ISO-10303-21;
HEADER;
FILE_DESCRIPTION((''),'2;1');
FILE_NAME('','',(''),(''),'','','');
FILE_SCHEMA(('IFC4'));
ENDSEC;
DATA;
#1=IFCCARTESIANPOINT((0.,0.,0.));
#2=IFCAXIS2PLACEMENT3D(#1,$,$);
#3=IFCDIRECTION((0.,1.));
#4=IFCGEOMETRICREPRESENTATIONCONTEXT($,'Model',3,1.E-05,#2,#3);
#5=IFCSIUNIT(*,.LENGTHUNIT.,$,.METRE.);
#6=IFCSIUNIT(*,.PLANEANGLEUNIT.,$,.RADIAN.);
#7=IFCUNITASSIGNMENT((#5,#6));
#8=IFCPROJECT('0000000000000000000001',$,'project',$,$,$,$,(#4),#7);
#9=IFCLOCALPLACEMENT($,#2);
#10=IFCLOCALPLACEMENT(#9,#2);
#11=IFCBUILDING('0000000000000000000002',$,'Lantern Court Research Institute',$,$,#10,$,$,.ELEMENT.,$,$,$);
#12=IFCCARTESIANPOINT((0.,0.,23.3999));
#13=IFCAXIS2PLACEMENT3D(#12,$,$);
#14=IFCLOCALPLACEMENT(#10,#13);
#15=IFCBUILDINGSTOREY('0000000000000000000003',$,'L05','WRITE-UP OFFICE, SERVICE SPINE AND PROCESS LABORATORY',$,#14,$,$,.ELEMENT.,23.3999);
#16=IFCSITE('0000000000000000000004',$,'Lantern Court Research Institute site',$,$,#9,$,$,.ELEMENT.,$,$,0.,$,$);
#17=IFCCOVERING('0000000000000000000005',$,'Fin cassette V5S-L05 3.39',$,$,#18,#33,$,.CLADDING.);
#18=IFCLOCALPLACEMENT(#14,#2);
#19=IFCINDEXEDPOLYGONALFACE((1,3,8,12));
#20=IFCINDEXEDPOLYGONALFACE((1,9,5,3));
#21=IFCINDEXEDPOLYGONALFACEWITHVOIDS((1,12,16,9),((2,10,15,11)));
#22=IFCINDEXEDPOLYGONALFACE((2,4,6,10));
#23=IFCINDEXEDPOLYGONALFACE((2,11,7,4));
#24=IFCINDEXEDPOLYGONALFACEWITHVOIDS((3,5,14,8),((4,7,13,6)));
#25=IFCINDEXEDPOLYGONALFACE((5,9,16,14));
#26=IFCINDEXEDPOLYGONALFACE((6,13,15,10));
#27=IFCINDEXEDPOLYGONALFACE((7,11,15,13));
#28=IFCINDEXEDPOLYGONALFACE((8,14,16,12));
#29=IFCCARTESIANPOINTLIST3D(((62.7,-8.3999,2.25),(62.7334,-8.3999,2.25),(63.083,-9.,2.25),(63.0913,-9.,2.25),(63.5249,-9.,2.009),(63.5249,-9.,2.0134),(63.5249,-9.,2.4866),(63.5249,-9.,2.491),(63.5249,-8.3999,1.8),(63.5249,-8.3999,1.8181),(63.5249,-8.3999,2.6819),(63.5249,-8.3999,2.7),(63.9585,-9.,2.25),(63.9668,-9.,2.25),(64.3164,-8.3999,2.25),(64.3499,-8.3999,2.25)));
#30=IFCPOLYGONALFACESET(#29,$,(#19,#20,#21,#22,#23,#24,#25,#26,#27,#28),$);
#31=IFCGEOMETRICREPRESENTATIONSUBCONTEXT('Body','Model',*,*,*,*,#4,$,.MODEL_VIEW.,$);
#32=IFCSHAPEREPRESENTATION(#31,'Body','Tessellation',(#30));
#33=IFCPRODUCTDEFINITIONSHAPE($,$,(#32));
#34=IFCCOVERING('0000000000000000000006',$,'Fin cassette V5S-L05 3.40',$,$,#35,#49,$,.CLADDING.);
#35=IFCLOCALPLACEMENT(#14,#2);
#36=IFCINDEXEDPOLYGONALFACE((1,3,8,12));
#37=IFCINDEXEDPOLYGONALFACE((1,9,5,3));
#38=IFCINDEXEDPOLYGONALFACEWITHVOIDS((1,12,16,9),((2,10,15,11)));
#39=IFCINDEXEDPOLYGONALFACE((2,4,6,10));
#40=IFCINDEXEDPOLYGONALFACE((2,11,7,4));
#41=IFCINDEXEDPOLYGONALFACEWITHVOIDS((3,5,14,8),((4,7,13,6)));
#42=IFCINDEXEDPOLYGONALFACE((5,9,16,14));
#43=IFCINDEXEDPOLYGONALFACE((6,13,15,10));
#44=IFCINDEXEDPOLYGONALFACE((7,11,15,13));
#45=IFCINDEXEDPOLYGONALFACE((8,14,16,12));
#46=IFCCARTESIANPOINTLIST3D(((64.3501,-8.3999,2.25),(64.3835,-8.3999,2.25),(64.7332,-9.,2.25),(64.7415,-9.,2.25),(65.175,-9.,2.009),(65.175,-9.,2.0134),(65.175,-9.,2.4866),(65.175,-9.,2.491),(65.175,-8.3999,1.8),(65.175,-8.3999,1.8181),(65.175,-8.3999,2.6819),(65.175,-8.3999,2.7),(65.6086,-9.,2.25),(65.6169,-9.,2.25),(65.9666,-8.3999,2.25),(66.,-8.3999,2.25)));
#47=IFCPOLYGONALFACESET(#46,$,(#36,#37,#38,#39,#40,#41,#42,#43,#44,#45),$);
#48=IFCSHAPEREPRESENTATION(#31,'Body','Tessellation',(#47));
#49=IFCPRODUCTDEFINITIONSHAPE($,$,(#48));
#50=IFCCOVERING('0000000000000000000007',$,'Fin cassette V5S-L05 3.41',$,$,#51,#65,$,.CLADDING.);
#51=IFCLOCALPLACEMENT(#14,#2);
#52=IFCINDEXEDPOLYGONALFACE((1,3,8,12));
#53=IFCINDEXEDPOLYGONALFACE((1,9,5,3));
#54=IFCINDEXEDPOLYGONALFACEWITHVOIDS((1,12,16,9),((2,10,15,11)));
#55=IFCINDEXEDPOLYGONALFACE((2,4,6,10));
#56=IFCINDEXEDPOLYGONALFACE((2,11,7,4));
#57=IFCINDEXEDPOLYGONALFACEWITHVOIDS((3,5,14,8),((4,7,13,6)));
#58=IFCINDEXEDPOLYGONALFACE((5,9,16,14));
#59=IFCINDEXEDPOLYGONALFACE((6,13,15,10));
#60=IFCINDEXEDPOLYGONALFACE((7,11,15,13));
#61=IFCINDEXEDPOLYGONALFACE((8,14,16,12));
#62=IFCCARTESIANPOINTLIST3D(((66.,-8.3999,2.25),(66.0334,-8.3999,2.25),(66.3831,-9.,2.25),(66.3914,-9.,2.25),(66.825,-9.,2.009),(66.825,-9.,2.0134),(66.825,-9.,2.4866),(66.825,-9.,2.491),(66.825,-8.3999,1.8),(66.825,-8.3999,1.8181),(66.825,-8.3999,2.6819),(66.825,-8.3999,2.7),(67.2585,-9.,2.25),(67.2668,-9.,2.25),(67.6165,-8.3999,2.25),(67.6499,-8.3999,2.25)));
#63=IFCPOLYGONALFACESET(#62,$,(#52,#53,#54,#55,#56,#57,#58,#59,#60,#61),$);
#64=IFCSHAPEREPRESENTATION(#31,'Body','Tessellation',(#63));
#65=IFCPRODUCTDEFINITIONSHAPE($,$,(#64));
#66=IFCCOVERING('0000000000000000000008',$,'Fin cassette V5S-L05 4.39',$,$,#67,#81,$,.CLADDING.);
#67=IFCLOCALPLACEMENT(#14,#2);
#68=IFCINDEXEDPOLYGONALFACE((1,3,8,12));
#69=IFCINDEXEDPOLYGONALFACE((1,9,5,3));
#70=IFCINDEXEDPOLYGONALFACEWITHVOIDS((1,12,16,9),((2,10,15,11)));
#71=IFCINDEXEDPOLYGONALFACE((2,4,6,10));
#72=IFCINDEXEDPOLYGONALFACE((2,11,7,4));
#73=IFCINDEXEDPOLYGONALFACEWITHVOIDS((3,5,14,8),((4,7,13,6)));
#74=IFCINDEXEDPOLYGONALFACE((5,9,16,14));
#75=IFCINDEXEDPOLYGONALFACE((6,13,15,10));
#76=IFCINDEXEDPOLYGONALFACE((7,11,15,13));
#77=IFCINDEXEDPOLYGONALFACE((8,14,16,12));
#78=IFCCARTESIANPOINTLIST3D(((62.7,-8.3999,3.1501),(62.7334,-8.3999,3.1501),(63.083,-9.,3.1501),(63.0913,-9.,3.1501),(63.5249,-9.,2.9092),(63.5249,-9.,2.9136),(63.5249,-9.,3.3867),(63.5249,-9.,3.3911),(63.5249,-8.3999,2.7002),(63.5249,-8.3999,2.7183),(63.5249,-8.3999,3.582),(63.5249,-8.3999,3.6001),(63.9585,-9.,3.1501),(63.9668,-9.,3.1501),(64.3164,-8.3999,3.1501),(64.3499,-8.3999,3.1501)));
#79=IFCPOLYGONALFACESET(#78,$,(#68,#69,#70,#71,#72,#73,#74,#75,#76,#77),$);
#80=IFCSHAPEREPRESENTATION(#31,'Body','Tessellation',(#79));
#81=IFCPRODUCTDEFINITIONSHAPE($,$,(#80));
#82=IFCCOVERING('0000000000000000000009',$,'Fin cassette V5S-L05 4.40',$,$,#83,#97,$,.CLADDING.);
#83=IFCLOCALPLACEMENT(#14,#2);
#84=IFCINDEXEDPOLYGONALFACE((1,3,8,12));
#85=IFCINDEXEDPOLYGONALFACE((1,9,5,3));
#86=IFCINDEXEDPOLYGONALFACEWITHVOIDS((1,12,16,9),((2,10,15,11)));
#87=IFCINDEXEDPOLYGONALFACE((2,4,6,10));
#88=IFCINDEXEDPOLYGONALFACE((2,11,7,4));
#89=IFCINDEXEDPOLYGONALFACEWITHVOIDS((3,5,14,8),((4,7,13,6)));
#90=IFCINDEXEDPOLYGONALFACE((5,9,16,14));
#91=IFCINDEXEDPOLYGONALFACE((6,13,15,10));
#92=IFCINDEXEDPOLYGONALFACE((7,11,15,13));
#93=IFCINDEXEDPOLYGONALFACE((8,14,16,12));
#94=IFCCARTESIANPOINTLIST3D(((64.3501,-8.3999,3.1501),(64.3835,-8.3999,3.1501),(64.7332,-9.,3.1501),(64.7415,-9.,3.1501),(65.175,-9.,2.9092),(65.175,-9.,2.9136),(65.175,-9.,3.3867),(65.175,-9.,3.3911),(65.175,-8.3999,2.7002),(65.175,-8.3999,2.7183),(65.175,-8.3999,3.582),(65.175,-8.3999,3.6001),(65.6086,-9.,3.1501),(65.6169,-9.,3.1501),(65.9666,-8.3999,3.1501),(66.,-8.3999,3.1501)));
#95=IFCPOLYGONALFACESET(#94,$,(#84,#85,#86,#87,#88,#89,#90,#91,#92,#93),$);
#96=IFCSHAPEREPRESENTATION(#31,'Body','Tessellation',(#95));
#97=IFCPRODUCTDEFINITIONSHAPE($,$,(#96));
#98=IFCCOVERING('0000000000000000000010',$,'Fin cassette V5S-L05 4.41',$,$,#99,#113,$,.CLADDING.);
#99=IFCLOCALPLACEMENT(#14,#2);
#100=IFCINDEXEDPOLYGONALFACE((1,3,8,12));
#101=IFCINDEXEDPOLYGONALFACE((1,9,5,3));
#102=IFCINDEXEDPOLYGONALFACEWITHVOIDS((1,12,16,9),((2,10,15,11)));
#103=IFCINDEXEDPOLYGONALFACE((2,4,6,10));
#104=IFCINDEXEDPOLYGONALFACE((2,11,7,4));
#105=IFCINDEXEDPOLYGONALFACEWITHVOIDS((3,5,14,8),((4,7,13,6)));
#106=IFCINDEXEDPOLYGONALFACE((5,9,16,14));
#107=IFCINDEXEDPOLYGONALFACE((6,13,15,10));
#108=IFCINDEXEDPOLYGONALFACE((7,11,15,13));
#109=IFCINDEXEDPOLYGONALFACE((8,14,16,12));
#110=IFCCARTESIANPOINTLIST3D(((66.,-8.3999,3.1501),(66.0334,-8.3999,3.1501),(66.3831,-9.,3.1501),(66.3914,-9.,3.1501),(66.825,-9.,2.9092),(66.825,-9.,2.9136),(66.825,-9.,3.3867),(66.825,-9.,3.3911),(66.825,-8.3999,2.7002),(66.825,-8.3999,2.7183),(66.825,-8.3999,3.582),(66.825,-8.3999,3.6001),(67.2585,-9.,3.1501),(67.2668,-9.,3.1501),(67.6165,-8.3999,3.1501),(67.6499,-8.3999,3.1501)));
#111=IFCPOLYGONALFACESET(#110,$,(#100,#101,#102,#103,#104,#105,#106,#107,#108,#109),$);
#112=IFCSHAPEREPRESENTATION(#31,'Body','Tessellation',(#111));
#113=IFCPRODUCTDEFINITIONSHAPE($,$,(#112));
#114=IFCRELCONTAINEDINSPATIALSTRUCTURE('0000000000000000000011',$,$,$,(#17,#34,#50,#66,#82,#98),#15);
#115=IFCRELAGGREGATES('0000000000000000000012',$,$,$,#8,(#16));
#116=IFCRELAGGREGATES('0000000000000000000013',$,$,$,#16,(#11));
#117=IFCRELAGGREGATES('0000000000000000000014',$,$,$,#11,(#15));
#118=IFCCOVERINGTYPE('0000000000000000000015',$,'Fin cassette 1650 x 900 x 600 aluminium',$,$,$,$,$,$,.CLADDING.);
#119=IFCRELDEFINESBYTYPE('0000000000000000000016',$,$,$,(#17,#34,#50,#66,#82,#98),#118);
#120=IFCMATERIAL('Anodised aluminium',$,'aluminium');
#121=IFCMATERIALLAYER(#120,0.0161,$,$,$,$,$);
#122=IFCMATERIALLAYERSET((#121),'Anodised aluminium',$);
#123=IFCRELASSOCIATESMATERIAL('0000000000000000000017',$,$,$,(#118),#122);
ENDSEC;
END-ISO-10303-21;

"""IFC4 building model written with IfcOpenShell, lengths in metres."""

from ifc_helpers import new_model, entity, si_unit, direction, frame, origin, place, context, subcontext, project, spatial, material, layer, layer_set, type_object, element, save


model = new_model("IFC4")

# Units and contexts
model_context = context("Model", 3, precision=1e-05, world=origin(), true_north=direction((0.0, 1.0)))
body_context = subcontext(model_context, "Body", "Model", "MODEL_VIEW")
ifc_project = project(units=[si_unit("LENGTHUNIT", "METRE"), si_unit("PLANEANGLEUNIT", "RADIAN")], contexts=[model_context])

# Site, building, storey
site_placement = place(None, origin())
site = spatial("IfcSite", under=ifc_project, at=site_placement, Name="Lantern Court Research Institute site", CompositionType="ELEMENT", RefElevation=0.0)
building_placement = place(site_placement, origin())
building = spatial("IfcBuilding", under=site, at=building_placement, Name="Lantern Court Research Institute", CompositionType="ELEMENT")
storey_placement = place(building_placement, frame((0.0, 0.0, 23.3999)))
storey = spatial("IfcBuildingStorey", under=building, at=storey_placement, Name="L05", Description="WRITE-UP OFFICE, SERVICE SPINE AND PROCESS LABORATORY", CompositionType="ELEMENT", Elevation=23.3999)

# Coverings
ifc_material_1 = material(Name="Anodised aluminium", Category="aluminium")
ifc_layer_1 = layer(ifc_material_1, 0.0161)
ifc_layer_set_1 = layer_set([ifc_layer_1], Name="Anodised aluminium")
covering_type = type_object("IfcCoveringType", Name="Fin cassette 1650 x 900 x 600 aluminium", PredefinedType="CLADDING", material=ifc_layer_set_1)
covering_1_placement = place(storey_placement, frame((63.5249, -8.3999, 2.25), z_axis=(0.0, -1.0, 0.0), x_axis=(1.0, 0.0, 0.0)))
cartesian_point_1 = entity("IfcCartesianPoint", [0.825, 0.0])
cartesian_point_2 = entity("IfcCartesianPoint", [0.7915, 0.0])
cartesian_point_3 = entity("IfcCartesianPoint", [0.4419, 0.0])
cartesian_point_4 = entity("IfcCartesianPoint", [0.4336, 0.0])
element("IfcCovering", 1, at=covering_1_placement, inside=storey, type_object=covering_type, Name="Fin cassette V5S-L05 3.39", PredefinedType="CLADDING", context=body_context, shape_type="SweptSolid", body=[
    entity("IfcExtrudedAreaSolidTapered", entity("IfcArbitraryProfileDefWithVoids", "AREA", None, entity("IfcPolyline", [cartesian_point_1, entity("IfcCartesianPoint", [0.0, 0.45]), entity("IfcCartesianPoint", [-0.825, 0.0]), entity("IfcCartesianPoint", [0.0, -0.45]), cartesian_point_1]), [entity("IfcPolyline", [cartesian_point_2, entity("IfcCartesianPoint", [0.0, 0.4319]), entity("IfcCartesianPoint", [-0.7915, 0.0]), entity("IfcCartesianPoint", [0.0, -0.4319]), cartesian_point_2])]), entity("IfcAxis2Placement3D", entity("IfcCartesianPoint", [0.0, 0.0, 0.0])), entity("IfcDirection", [0.0, 0.0, 1.0]), 0.6001, entity("IfcArbitraryProfileDefWithVoids", "AREA", None, entity("IfcPolyline", [cartesian_point_3, entity("IfcCartesianPoint", [0.0, 0.241]), entity("IfcCartesianPoint", [-0.4419, 0.0]), entity("IfcCartesianPoint", [0.0, -0.241]), cartesian_point_3]), [entity("IfcPolyline", [cartesian_point_4, entity("IfcCartesianPoint", [0.0, 0.2366]), entity("IfcCartesianPoint", [-0.4336, 0.0]), entity("IfcCartesianPoint", [0.0, -0.2366]), cartesian_point_4])])),
])
covering_2_placement = place(storey_placement, frame((65.175, -8.3999, 2.25), z_axis=(0.0, -1.0, 0.0), x_axis=(1.0, 0.0, 0.0)))
cartesian_point_5 = entity("IfcCartesianPoint", [0.825, 0.0])
cartesian_point_6 = entity("IfcCartesianPoint", [0.7915, 0.0])
cartesian_point_7 = entity("IfcCartesianPoint", [0.4419, 0.0])
cartesian_point_8 = entity("IfcCartesianPoint", [0.4336, 0.0])
element("IfcCovering", 2, at=covering_2_placement, inside=storey, type_object=covering_type, Name="Fin cassette V5S-L05 3.40", PredefinedType="CLADDING", context=body_context, shape_type="SweptSolid", body=[
    entity("IfcExtrudedAreaSolidTapered", entity("IfcArbitraryProfileDefWithVoids", "AREA", None, entity("IfcPolyline", [cartesian_point_5, entity("IfcCartesianPoint", [0.0, 0.45]), entity("IfcCartesianPoint", [-0.825, 0.0]), entity("IfcCartesianPoint", [0.0, -0.45]), cartesian_point_5]), [entity("IfcPolyline", [cartesian_point_6, entity("IfcCartesianPoint", [0.0, 0.4319]), entity("IfcCartesianPoint", [-0.7915, 0.0]), entity("IfcCartesianPoint", [0.0, -0.4319]), cartesian_point_6])]), entity("IfcAxis2Placement3D", entity("IfcCartesianPoint", [0.0, 0.0, 0.0])), entity("IfcDirection", [0.0, 0.0, 1.0]), 0.6001, entity("IfcArbitraryProfileDefWithVoids", "AREA", None, entity("IfcPolyline", [cartesian_point_7, entity("IfcCartesianPoint", [0.0, 0.241]), entity("IfcCartesianPoint", [-0.4419, 0.0]), entity("IfcCartesianPoint", [0.0, -0.241]), cartesian_point_7]), [entity("IfcPolyline", [cartesian_point_8, entity("IfcCartesianPoint", [0.0, 0.2366]), entity("IfcCartesianPoint", [-0.4336, 0.0]), entity("IfcCartesianPoint", [0.0, -0.2366]), cartesian_point_8])])),
])
covering_3_placement = place(storey_placement, frame((66.825, -8.3999, 2.25), z_axis=(0.0, -1.0, 0.0), x_axis=(1.0, 0.0, 0.0)))
cartesian_point_9 = entity("IfcCartesianPoint", [0.825, 0.0])
cartesian_point_10 = entity("IfcCartesianPoint", [0.7915, 0.0])
cartesian_point_11 = entity("IfcCartesianPoint", [0.4419, 0.0])
cartesian_point_12 = entity("IfcCartesianPoint", [0.4336, 0.0])
element("IfcCovering", 3, at=covering_3_placement, inside=storey, type_object=covering_type, Name="Fin cassette V5S-L05 3.41", PredefinedType="CLADDING", context=body_context, shape_type="SweptSolid", body=[
    entity("IfcExtrudedAreaSolidTapered", entity("IfcArbitraryProfileDefWithVoids", "AREA", None, entity("IfcPolyline", [cartesian_point_9, entity("IfcCartesianPoint", [0.0, 0.45]), entity("IfcCartesianPoint", [-0.825, 0.0]), entity("IfcCartesianPoint", [0.0, -0.45]), cartesian_point_9]), [entity("IfcPolyline", [cartesian_point_10, entity("IfcCartesianPoint", [0.0, 0.4319]), entity("IfcCartesianPoint", [-0.7915, 0.0]), entity("IfcCartesianPoint", [0.0, -0.4319]), cartesian_point_10])]), entity("IfcAxis2Placement3D", entity("IfcCartesianPoint", [0.0, 0.0, 0.0])), entity("IfcDirection", [0.0, 0.0, 1.0]), 0.6001, entity("IfcArbitraryProfileDefWithVoids", "AREA", None, entity("IfcPolyline", [cartesian_point_11, entity("IfcCartesianPoint", [0.0, 0.241]), entity("IfcCartesianPoint", [-0.4419, 0.0]), entity("IfcCartesianPoint", [0.0, -0.241]), cartesian_point_11]), [entity("IfcPolyline", [cartesian_point_12, entity("IfcCartesianPoint", [0.0, 0.2366]), entity("IfcCartesianPoint", [-0.4336, 0.0]), entity("IfcCartesianPoint", [0.0, -0.2366]), cartesian_point_12])])),
])
covering_4_placement = place(storey_placement, frame((63.5249, -8.3999, 3.1501), z_axis=(0.0, -1.0, 0.0), x_axis=(1.0, 0.0, 0.0)))
cartesian_point_13 = entity("IfcCartesianPoint", [0.825, 0.0])
cartesian_point_14 = entity("IfcCartesianPoint", [0.7915, 0.0])
cartesian_point_15 = entity("IfcCartesianPoint", [0.4419, 0.0])
cartesian_point_16 = entity("IfcCartesianPoint", [0.4336, 0.0])
element("IfcCovering", 4, at=covering_4_placement, inside=storey, type_object=covering_type, Name="Fin cassette V5S-L05 4.39", PredefinedType="CLADDING", context=body_context, shape_type="SweptSolid", body=[
    entity("IfcExtrudedAreaSolidTapered", entity("IfcArbitraryProfileDefWithVoids", "AREA", None, entity("IfcPolyline", [cartesian_point_13, entity("IfcCartesianPoint", [0.0, 0.45]), entity("IfcCartesianPoint", [-0.825, 0.0]), entity("IfcCartesianPoint", [0.0, -0.45]), cartesian_point_13]), [entity("IfcPolyline", [cartesian_point_14, entity("IfcCartesianPoint", [0.0, 0.4319]), entity("IfcCartesianPoint", [-0.7915, 0.0]), entity("IfcCartesianPoint", [0.0, -0.4319]), cartesian_point_14])]), entity("IfcAxis2Placement3D", entity("IfcCartesianPoint", [0.0, 0.0, 0.0])), entity("IfcDirection", [0.0, 0.0, 1.0]), 0.6001, entity("IfcArbitraryProfileDefWithVoids", "AREA", None, entity("IfcPolyline", [cartesian_point_15, entity("IfcCartesianPoint", [0.0, 0.241]), entity("IfcCartesianPoint", [-0.4419, 0.0]), entity("IfcCartesianPoint", [0.0, -0.241]), cartesian_point_15]), [entity("IfcPolyline", [cartesian_point_16, entity("IfcCartesianPoint", [0.0, 0.2366]), entity("IfcCartesianPoint", [-0.4336, 0.0]), entity("IfcCartesianPoint", [0.0, -0.2366]), cartesian_point_16])])),
])
covering_5_placement = place(storey_placement, frame((65.175, -8.3999, 3.1501), z_axis=(0.0, -1.0, 0.0), x_axis=(1.0, 0.0, 0.0)))
cartesian_point_17 = entity("IfcCartesianPoint", [0.825, 0.0])
cartesian_point_18 = entity("IfcCartesianPoint", [0.7915, 0.0])
cartesian_point_19 = entity("IfcCartesianPoint", [0.4419, 0.0])
cartesian_point_20 = entity("IfcCartesianPoint", [0.4336, 0.0])
element("IfcCovering", 5, at=covering_5_placement, inside=storey, type_object=covering_type, Name="Fin cassette V5S-L05 4.40", PredefinedType="CLADDING", context=body_context, shape_type="SweptSolid", body=[
    entity("IfcExtrudedAreaSolidTapered", entity("IfcArbitraryProfileDefWithVoids", "AREA", None, entity("IfcPolyline", [cartesian_point_17, entity("IfcCartesianPoint", [0.0, 0.45]), entity("IfcCartesianPoint", [-0.825, 0.0]), entity("IfcCartesianPoint", [0.0, -0.45]), cartesian_point_17]), [entity("IfcPolyline", [cartesian_point_18, entity("IfcCartesianPoint", [0.0, 0.4319]), entity("IfcCartesianPoint", [-0.7915, 0.0]), entity("IfcCartesianPoint", [0.0, -0.4319]), cartesian_point_18])]), entity("IfcAxis2Placement3D", entity("IfcCartesianPoint", [0.0, 0.0, 0.0])), entity("IfcDirection", [0.0, 0.0, 1.0]), 0.6001, entity("IfcArbitraryProfileDefWithVoids", "AREA", None, entity("IfcPolyline", [cartesian_point_19, entity("IfcCartesianPoint", [0.0, 0.241]), entity("IfcCartesianPoint", [-0.4419, 0.0]), entity("IfcCartesianPoint", [0.0, -0.241]), cartesian_point_19]), [entity("IfcPolyline", [cartesian_point_20, entity("IfcCartesianPoint", [0.0, 0.2366]), entity("IfcCartesianPoint", [-0.4336, 0.0]), entity("IfcCartesianPoint", [0.0, -0.2366]), cartesian_point_20])])),
])
covering_6_placement = place(storey_placement, frame((66.825, -8.3999, 3.1501), z_axis=(0.0, -1.0, 0.0), x_axis=(1.0, 0.0, 0.0)))
cartesian_point_21 = entity("IfcCartesianPoint", [0.825, 0.0])
cartesian_point_22 = entity("IfcCartesianPoint", [0.7915, 0.0])
cartesian_point_23 = entity("IfcCartesianPoint", [0.4419, 0.0])
cartesian_point_24 = entity("IfcCartesianPoint", [0.4336, 0.0])
element("IfcCovering", 6, at=covering_6_placement, inside=storey, type_object=covering_type, Name="Fin cassette V5S-L05 4.41", PredefinedType="CLADDING", context=body_context, shape_type="SweptSolid", body=[
    entity("IfcExtrudedAreaSolidTapered", entity("IfcArbitraryProfileDefWithVoids", "AREA", None, entity("IfcPolyline", [cartesian_point_21, entity("IfcCartesianPoint", [0.0, 0.45]), entity("IfcCartesianPoint", [-0.825, 0.0]), entity("IfcCartesianPoint", [0.0, -0.45]), cartesian_point_21]), [entity("IfcPolyline", [cartesian_point_22, entity("IfcCartesianPoint", [0.0, 0.4319]), entity("IfcCartesianPoint", [-0.7915, 0.0]), entity("IfcCartesianPoint", [0.0, -0.4319]), cartesian_point_22])]), entity("IfcAxis2Placement3D", entity("IfcCartesianPoint", [0.0, 0.0, 0.0])), entity("IfcDirection", [0.0, 0.0, 1.0]), 0.6001, entity("IfcArbitraryProfileDefWithVoids", "AREA", None, entity("IfcPolyline", [cartesian_point_23, entity("IfcCartesianPoint", [0.0, 0.241]), entity("IfcCartesianPoint", [-0.4419, 0.0]), entity("IfcCartesianPoint", [0.0, -0.241]), cartesian_point_23]), [entity("IfcPolyline", [cartesian_point_24, entity("IfcCartesianPoint", [0.0, 0.2366]), entity("IfcCartesianPoint", [-0.4336, 0.0]), entity("IfcCartesianPoint", [0.0, -0.2366]), cartesian_point_24])])),
])

save(model, "model.ifc")
